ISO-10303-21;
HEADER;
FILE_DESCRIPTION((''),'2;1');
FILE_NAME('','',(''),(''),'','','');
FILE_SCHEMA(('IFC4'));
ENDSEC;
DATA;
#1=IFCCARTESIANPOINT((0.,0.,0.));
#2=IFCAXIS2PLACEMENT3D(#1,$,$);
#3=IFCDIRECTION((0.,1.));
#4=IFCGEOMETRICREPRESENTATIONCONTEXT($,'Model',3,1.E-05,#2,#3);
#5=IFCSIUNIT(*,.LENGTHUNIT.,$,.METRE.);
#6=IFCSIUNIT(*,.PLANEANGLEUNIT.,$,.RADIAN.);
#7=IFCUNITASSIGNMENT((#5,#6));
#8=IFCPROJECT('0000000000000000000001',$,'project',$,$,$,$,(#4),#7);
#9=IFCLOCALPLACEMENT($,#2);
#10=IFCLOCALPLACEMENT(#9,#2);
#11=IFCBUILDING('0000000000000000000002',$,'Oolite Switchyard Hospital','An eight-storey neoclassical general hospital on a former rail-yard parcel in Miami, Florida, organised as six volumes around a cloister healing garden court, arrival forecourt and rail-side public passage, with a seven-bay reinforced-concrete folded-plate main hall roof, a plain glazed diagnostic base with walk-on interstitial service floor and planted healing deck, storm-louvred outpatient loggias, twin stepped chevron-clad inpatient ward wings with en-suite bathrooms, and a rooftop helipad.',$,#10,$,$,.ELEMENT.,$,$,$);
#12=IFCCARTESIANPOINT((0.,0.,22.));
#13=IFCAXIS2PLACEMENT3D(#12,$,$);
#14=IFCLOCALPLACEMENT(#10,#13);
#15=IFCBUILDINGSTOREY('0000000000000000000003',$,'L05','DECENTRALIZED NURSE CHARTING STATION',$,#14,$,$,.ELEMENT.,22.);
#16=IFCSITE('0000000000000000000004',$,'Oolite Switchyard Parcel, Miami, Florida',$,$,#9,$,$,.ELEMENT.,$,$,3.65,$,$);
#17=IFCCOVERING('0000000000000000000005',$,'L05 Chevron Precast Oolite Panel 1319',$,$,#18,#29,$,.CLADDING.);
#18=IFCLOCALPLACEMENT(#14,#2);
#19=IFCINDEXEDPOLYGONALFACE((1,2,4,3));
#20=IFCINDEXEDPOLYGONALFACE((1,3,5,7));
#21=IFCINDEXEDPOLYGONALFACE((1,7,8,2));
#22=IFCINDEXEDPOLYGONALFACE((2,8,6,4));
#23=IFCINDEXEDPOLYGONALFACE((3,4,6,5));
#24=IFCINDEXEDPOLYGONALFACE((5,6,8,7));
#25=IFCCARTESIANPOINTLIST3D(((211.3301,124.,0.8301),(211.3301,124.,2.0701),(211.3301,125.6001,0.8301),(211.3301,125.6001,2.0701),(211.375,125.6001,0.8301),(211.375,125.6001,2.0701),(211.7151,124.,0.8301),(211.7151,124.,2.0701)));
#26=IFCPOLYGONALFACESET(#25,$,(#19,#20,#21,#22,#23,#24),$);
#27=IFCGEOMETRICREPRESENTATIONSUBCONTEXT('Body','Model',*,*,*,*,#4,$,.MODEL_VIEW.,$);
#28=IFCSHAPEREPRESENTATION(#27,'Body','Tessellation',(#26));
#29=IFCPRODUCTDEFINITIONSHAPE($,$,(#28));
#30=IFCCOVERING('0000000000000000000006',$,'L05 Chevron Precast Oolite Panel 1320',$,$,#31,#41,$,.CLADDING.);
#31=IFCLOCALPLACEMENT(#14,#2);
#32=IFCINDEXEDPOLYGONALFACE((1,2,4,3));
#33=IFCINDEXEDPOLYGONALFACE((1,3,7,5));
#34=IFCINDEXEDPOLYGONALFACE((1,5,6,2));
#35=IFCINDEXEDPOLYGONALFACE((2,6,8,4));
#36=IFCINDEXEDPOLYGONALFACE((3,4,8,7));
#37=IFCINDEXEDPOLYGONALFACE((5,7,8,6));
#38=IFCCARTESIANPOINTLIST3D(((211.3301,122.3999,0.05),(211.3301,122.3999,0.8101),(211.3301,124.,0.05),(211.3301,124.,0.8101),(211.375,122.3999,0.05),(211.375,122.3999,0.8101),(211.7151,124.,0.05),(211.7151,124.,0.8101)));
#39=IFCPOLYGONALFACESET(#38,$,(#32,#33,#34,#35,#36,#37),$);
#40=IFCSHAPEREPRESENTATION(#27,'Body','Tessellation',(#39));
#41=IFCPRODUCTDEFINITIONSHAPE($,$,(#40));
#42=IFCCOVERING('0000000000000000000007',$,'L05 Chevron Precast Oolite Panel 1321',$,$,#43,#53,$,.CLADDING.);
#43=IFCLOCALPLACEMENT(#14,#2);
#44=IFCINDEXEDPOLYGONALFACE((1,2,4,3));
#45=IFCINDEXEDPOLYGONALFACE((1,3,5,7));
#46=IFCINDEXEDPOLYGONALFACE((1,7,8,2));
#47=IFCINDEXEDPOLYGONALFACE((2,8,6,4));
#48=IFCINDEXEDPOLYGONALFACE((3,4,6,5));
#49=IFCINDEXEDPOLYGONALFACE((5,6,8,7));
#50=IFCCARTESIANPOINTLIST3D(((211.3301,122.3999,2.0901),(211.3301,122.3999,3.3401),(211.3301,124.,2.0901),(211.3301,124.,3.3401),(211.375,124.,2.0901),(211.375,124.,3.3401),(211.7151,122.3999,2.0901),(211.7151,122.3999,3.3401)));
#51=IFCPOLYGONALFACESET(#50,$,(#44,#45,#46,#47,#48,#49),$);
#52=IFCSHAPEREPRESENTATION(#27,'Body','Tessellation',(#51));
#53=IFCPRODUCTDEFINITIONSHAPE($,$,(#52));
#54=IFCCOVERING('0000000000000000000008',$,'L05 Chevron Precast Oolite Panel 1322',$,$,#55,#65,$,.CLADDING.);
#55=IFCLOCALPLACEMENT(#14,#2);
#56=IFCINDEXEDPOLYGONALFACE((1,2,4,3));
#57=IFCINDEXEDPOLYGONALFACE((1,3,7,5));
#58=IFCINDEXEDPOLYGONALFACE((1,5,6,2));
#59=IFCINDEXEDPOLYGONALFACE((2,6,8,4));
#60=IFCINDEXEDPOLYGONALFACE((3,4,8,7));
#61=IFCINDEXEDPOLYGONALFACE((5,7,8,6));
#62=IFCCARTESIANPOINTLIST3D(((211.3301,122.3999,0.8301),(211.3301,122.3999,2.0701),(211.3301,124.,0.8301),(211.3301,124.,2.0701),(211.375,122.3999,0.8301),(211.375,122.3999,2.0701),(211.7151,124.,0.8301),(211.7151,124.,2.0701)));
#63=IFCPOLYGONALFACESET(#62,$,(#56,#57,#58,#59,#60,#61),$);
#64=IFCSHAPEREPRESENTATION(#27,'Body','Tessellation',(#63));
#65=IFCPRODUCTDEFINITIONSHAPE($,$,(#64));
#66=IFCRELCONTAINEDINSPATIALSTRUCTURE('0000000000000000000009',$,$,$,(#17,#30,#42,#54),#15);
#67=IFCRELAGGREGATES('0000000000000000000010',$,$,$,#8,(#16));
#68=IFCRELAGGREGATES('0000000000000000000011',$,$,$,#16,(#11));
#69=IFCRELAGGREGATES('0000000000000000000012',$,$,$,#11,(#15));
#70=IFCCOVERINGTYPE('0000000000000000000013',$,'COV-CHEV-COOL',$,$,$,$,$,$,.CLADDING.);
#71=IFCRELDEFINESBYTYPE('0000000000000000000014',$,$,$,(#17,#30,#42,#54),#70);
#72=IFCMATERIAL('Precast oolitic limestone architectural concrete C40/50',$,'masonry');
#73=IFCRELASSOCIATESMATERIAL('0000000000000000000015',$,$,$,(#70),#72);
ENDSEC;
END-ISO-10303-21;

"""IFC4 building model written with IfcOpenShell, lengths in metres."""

from ifc_helpers import new_model, si_unit, direction, frame, origin, place, context, subcontext, project, spatial, polyline, outline, extrude, material, type_object, element, save


model = new_model("IFC4")

# Units and contexts
model_context = context("Model", 3, precision=1e-05, world=origin(), true_north=direction((0.0, 1.0)))
body_context = subcontext(model_context, "Body", "Model", "MODEL_VIEW")
ifc_project = project(units=[si_unit("LENGTHUNIT", "METRE"), si_unit("PLANEANGLEUNIT", "RADIAN")], contexts=[model_context])

# Site, building, storey
site_placement = place(None, origin())
site = spatial("IfcSite", under=ifc_project, at=site_placement, Name="Oolite Switchyard Parcel, Miami, Florida", CompositionType="ELEMENT", RefElevation=3.65)
building_placement = place(site_placement, origin())
building = spatial("IfcBuilding", under=site, at=building_placement, Name="Oolite Switchyard Hospital", Description="An eight-storey neoclassical general hospital on a former rail-yard parcel in Miami, Florida, organised as six volumes around a cloister healing garden court, arrival forecourt and rail-side public passage, with a seven-bay reinforced-concrete folded-plate main hall roof, a plain glazed diagnostic base with walk-on interstitial service floor and planted healing deck, storm-louvred outpatient loggias, twin stepped chevron-clad inpatient ward wings with en-suite bathrooms, and a rooftop helipad.", CompositionType="ELEMENT")
storey_placement = place(building_placement, frame((0.0, 0.0, 22.0)))
storey = spatial("IfcBuildingStorey", under=building, at=storey_placement, Name="L05", Description="DECENTRALIZED NURSE CHARTING STATION", CompositionType="ELEMENT", Elevation=22.0)

# Shared definitions
ifc_material_1 = material(Name="Precast oolitic limestone architectural concrete C40/50", Category="masonry")

# Coverings
covering_type = type_object("IfcCoveringType", Name="COV-CHEV-COOL", PredefinedType="CLADDING", material=ifc_material_1)
covering_1_placement = place(storey_placement, frame((211.3301, 125.6001, 0.8301), z_axis=(0.0, 0.0, 1.0), x_axis=(0.0, -1.0, 0.0)))
element("IfcCovering", 1, at=covering_1_placement, inside=storey, type_object=covering_type, Name="L05 Chevron Precast Oolite Panel 1319", PredefinedType="CLADDING", context=body_context, shape_type="SweptSolid", body=[
    extrude(outline(polyline([(0.0, 0.0), (1.6001, 0.0), (1.6001, 0.385), (0.0, 0.0449), (0.0, 0.0)])), origin(), (0.0, 0.0, 1.0), 1.24),
])
covering_2_placement = place(storey_placement, frame((211.3301, 124.0, 0.05), z_axis=(0.0, 0.0, 1.0), x_axis=(0.0, -1.0, 0.0)))
element("IfcCovering", 2, at=covering_2_placement, inside=storey, type_object=covering_type, Name="L05 Chevron Precast Oolite Panel 1320", PredefinedType="CLADDING", context=body_context, shape_type="SweptSolid", body=[
    extrude(outline(polyline([(0.0, 0.0), (1.6001, 0.0), (1.6001, 0.0449), (0.0, 0.385), (0.0, 0.0)])), origin(), (0.0, 0.0, 1.0), 0.76),
])
covering_3_placement = place(storey_placement, frame((211.3301, 124.0, 2.0901), z_axis=(0.0, 0.0, 1.0), x_axis=(0.0, -1.0, 0.0)))
element("IfcCovering", 3, at=covering_3_placement, inside=storey, type_object=covering_type, Name="L05 Chevron Precast Oolite Panel 1321", PredefinedType="CLADDING", context=body_context, shape_type="SweptSolid", body=[
    extrude(outline(polyline([(0.0, 0.0), (1.6001, 0.0), (1.6001, 0.385), (0.0, 0.0449), (0.0, 0.0)])), origin(), (0.0, 0.0, 1.0), 1.25),
])
covering_4_placement = place(storey_placement, frame((211.3301, 124.0, 0.8301), z_axis=(0.0, 0.0, 1.0), x_axis=(0.0, -1.0, 0.0)))
element("IfcCovering", 4, at=covering_4_placement, inside=storey, type_object=covering_type, Name="L05 Chevron Precast Oolite Panel 1322", PredefinedType="CLADDING", context=body_context, shape_type="SweptSolid", body=[
    extrude(outline(polyline([(0.0, 0.0), (1.6001, 0.0), (1.6001, 0.0449), (0.0, 0.385), (0.0, 0.0)])), origin(), (0.0, 0.0, 1.0), 1.24),
])

save(model, "model.ifc")
